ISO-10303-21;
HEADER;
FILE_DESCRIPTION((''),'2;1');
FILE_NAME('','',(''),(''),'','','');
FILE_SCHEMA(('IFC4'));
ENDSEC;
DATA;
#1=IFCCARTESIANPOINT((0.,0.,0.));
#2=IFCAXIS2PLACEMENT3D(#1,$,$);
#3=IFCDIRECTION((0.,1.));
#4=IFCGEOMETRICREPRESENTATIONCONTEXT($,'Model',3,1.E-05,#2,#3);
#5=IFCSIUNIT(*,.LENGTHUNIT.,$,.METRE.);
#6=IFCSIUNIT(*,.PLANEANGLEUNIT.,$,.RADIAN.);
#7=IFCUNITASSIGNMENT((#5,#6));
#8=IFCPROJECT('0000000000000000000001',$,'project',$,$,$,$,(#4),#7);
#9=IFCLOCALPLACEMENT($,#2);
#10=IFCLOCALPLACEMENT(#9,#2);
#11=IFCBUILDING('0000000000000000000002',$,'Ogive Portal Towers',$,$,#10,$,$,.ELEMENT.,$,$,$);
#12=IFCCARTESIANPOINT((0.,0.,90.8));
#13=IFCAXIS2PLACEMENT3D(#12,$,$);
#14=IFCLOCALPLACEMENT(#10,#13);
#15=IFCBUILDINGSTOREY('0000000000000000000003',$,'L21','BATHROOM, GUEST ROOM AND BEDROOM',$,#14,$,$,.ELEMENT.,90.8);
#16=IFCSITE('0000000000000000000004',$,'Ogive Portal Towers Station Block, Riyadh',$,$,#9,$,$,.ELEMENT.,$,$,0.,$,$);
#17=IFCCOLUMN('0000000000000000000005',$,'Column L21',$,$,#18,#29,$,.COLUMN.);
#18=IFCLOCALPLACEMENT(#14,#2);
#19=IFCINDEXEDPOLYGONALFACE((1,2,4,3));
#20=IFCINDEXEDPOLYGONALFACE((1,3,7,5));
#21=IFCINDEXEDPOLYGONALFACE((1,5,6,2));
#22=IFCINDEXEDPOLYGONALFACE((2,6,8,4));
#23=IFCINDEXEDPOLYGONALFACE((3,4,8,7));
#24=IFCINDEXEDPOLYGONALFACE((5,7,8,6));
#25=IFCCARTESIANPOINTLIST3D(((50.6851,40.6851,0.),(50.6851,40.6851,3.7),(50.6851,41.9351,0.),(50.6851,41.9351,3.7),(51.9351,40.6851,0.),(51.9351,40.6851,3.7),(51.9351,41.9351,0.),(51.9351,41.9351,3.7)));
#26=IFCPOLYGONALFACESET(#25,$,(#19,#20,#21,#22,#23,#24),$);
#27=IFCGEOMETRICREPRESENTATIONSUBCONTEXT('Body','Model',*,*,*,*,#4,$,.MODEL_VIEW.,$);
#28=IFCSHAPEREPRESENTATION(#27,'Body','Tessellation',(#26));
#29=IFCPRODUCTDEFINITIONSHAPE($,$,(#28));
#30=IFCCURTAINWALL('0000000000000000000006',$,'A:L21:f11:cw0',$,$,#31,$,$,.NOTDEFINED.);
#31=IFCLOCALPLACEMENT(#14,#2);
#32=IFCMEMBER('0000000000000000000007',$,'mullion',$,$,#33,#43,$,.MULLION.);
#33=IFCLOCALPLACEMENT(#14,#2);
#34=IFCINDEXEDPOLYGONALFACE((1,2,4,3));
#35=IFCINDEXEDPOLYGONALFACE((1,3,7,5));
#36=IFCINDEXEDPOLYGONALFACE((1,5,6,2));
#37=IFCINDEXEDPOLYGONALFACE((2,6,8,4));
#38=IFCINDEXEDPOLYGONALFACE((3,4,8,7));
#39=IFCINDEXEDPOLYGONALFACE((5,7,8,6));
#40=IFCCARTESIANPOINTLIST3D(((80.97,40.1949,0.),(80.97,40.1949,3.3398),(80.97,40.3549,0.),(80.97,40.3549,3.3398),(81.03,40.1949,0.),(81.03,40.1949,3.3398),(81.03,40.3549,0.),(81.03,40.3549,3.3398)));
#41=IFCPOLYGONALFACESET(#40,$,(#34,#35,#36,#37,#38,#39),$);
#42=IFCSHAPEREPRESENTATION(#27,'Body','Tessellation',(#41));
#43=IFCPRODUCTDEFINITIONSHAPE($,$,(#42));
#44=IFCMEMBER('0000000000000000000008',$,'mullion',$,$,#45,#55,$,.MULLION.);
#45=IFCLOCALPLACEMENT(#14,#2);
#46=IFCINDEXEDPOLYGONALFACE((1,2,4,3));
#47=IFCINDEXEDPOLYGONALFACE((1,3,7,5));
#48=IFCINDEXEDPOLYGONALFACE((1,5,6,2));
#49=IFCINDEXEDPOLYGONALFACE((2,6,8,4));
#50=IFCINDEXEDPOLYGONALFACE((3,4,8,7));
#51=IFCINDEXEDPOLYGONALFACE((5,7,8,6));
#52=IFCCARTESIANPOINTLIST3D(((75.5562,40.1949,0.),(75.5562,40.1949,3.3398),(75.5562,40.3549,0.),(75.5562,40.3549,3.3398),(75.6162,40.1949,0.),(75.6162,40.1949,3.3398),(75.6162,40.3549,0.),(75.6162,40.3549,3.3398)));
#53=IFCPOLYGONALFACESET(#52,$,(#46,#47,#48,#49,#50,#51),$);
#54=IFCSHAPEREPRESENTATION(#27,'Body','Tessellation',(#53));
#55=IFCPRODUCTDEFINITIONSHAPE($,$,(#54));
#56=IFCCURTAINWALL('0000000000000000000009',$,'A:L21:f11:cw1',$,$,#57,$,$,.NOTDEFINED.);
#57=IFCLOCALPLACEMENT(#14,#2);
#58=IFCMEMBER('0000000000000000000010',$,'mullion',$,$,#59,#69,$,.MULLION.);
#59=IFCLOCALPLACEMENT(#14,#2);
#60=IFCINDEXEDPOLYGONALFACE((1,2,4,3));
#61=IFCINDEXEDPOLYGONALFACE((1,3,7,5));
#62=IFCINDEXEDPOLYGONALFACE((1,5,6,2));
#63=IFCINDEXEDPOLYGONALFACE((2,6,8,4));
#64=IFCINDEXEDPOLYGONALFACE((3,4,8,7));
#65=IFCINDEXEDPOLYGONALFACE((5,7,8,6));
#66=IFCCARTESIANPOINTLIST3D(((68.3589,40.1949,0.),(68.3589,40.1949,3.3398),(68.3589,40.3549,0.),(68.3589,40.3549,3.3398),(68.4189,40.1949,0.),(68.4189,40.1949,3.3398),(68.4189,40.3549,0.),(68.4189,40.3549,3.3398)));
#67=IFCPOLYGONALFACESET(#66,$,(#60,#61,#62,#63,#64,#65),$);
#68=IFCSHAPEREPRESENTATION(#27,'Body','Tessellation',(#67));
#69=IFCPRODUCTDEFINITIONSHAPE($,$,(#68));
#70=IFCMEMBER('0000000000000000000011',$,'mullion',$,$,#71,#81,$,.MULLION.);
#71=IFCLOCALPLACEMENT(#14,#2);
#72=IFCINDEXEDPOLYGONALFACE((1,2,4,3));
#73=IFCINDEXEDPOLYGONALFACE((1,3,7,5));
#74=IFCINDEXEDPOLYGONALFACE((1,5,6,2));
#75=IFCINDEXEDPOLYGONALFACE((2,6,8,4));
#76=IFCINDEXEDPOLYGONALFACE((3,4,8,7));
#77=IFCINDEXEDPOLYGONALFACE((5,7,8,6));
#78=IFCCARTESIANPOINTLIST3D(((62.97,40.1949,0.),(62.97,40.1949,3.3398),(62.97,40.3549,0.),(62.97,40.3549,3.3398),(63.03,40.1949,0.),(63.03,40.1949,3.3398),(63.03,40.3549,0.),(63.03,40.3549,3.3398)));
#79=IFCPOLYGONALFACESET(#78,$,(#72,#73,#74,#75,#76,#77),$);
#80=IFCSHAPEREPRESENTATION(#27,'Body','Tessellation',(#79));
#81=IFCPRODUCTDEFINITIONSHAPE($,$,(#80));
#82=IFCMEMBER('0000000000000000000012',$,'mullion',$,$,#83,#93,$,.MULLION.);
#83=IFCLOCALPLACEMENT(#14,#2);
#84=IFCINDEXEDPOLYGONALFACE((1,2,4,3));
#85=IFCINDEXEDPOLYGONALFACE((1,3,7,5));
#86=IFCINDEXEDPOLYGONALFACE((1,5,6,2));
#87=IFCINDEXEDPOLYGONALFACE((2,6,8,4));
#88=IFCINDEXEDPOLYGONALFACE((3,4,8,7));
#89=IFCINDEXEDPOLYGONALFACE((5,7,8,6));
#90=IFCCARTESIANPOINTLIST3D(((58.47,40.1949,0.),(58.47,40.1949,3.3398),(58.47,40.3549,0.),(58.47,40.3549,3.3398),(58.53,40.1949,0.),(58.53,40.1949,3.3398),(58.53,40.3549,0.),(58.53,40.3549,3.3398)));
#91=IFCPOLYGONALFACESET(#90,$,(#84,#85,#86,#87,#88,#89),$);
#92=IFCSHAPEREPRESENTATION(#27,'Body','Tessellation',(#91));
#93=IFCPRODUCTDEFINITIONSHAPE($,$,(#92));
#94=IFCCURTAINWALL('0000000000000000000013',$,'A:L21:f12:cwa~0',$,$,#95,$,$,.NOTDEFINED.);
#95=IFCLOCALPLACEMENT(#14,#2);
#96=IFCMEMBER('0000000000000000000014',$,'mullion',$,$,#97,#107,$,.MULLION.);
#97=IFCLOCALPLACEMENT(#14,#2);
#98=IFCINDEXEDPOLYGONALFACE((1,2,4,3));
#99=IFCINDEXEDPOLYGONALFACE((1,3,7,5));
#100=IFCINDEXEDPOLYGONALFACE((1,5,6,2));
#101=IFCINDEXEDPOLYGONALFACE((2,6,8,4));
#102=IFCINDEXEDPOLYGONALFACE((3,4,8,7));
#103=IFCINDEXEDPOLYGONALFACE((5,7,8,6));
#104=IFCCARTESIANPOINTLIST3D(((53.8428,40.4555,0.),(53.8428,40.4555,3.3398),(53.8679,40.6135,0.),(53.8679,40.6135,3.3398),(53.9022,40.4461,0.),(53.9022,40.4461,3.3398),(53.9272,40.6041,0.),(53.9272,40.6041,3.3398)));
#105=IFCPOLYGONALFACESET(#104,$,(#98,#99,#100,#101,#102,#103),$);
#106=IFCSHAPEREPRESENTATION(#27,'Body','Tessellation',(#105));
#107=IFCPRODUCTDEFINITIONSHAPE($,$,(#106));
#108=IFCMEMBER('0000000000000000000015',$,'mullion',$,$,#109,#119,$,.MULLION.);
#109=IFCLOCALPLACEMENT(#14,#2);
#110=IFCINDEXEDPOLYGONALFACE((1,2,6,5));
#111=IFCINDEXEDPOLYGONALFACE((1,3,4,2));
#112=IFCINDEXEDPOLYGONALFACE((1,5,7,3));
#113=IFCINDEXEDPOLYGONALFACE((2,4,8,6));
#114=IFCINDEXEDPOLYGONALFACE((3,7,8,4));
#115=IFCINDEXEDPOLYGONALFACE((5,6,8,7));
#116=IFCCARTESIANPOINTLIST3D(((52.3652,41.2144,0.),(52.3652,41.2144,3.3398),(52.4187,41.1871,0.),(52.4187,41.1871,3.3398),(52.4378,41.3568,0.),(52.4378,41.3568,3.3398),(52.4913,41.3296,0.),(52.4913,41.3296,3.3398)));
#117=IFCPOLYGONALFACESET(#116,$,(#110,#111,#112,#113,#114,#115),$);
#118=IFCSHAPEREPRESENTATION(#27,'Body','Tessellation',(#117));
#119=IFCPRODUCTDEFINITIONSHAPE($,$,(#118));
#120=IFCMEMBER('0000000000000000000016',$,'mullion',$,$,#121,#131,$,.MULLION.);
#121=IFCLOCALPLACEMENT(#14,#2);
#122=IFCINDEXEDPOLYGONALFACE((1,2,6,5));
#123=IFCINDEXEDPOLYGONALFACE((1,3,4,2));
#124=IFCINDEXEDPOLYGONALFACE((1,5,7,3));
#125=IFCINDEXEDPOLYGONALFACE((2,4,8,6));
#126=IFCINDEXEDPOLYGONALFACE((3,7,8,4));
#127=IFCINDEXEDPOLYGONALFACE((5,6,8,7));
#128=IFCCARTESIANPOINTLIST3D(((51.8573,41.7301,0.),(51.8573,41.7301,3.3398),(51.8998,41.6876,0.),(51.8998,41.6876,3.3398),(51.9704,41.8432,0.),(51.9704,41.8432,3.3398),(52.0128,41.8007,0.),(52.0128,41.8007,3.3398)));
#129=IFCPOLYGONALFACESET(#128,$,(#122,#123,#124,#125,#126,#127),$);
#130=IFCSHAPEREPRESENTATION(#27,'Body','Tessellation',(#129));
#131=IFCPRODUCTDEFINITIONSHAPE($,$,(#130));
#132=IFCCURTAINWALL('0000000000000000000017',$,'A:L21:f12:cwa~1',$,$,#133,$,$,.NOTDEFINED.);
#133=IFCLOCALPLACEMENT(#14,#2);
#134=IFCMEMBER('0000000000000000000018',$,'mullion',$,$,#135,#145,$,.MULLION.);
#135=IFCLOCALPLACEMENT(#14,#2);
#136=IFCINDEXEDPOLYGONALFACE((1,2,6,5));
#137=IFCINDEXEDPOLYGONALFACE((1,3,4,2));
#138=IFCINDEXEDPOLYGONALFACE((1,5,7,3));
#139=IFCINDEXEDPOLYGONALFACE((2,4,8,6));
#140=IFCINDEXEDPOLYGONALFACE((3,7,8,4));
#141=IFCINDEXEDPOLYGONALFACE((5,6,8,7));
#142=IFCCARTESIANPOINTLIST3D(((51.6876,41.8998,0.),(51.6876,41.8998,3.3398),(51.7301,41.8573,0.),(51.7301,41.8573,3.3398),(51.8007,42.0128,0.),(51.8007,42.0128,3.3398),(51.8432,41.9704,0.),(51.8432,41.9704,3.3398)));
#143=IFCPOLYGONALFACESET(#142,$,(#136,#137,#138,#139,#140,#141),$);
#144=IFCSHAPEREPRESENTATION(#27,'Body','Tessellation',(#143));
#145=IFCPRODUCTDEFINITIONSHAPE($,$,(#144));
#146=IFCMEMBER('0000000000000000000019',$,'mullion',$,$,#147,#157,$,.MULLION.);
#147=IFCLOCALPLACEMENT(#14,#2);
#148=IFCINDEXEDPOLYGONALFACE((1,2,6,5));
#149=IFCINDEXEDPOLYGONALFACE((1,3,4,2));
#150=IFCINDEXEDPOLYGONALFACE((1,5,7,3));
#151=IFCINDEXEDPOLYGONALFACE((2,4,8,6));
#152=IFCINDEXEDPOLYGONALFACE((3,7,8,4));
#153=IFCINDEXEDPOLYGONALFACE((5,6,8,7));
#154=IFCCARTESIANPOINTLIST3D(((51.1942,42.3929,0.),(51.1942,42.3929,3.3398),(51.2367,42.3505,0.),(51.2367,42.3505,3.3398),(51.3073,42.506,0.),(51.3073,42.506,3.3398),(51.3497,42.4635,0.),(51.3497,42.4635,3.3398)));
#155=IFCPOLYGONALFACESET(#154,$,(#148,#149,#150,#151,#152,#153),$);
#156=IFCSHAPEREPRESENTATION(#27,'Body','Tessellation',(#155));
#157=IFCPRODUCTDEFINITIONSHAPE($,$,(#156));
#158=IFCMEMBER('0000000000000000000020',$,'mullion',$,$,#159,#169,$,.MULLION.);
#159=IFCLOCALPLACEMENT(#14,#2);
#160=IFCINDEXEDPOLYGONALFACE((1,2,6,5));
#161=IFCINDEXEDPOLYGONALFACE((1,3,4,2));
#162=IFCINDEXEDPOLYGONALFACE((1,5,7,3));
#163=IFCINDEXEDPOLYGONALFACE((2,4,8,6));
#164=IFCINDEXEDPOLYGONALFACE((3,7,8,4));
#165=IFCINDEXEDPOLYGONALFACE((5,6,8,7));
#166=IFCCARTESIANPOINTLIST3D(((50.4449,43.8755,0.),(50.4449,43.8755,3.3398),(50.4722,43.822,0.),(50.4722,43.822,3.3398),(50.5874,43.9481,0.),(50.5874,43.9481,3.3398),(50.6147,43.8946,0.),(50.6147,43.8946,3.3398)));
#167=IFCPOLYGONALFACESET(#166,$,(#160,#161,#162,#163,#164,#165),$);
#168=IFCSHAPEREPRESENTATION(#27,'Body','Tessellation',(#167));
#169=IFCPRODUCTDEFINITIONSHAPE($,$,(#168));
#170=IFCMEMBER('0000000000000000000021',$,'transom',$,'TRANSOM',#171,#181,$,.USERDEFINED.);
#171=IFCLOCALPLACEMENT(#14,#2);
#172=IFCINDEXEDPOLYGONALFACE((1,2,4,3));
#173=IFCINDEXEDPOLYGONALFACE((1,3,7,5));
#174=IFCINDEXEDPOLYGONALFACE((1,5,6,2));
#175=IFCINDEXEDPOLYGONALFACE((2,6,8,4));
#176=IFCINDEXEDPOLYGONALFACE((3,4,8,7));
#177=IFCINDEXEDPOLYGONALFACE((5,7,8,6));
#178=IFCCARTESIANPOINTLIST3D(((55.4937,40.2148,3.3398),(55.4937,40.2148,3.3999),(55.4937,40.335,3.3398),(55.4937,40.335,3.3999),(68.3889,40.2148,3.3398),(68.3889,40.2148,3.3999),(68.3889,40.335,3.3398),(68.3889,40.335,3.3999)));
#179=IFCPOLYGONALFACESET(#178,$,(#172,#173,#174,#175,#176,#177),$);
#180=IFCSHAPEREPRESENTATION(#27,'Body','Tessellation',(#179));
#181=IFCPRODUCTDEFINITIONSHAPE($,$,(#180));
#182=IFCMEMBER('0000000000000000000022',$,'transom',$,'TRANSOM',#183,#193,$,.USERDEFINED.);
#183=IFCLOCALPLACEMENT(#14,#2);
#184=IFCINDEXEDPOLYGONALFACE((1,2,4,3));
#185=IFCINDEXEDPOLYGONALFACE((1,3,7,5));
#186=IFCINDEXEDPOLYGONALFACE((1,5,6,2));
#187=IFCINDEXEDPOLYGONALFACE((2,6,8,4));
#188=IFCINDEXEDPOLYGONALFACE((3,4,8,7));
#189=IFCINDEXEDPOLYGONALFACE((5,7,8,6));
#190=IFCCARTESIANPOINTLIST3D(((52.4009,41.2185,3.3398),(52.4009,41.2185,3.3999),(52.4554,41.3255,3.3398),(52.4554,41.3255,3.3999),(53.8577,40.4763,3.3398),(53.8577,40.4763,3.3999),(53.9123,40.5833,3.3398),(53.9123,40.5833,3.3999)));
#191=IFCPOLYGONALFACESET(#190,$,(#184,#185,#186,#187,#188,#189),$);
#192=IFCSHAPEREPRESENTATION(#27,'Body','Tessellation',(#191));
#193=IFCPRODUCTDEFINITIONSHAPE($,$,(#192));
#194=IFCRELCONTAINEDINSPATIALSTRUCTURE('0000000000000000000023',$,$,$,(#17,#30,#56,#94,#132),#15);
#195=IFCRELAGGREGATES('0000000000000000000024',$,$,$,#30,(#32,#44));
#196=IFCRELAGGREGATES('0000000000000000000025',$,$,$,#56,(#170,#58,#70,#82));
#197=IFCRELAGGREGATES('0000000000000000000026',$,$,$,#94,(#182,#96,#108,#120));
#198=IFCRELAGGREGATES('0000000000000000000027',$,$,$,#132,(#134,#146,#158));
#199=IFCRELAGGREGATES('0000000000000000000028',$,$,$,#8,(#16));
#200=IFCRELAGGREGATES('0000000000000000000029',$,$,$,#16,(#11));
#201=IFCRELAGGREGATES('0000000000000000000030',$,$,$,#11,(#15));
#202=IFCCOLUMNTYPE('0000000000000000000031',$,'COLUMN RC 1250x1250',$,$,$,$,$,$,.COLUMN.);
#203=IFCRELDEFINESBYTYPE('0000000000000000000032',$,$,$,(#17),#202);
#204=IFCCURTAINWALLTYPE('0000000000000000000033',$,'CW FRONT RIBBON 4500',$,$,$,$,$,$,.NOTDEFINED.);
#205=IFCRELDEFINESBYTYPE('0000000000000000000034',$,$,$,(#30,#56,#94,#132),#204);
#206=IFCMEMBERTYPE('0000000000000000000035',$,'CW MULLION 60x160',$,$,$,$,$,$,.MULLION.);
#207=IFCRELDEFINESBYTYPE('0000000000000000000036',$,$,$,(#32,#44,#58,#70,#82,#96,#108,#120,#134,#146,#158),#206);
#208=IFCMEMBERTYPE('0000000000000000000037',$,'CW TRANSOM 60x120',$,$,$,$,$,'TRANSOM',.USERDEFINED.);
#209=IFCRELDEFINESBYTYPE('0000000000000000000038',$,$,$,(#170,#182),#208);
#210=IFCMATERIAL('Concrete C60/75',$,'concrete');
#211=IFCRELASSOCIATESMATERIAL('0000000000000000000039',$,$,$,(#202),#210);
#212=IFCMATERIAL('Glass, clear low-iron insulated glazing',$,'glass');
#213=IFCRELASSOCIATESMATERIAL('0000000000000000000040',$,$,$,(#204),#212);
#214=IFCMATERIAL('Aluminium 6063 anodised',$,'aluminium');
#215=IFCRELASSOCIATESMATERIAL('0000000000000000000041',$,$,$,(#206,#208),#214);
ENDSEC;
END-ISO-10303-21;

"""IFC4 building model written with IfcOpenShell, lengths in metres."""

from ifc_helpers import new_model, si_unit, direction, frame, origin, origin_2d, place, context, subcontext, project, spatial, rectangle, extrude, material, material_profile, profile_set, type_object, element, aggregate, save


model = new_model("IFC4")

# Units and contexts
model_context = context("Model", 3, precision=1e-05, world=origin(), true_north=direction((0.0, 1.0)))
body_context = subcontext(model_context, "Body", "Model", "MODEL_VIEW")
ifc_project = project(units=[si_unit("LENGTHUNIT", "METRE"), si_unit("PLANEANGLEUNIT", "RADIAN")], contexts=[model_context])

# Site, building, storey
site_placement = place(None, origin())
site = spatial("IfcSite", under=ifc_project, at=site_placement, Name="Ogive Portal Towers Station Block, Riyadh", CompositionType="ELEMENT", RefElevation=0.0)
building_placement = place(site_placement, origin())
building = spatial("IfcBuilding", under=site, at=building_placement, Name="Ogive Portal Towers", CompositionType="ELEMENT")
storey_placement = place(building_placement, frame((0.0, 0.0, 90.8)))
storey = spatial("IfcBuildingStorey", under=building, at=storey_placement, Name="L21", Description="BATHROOM, GUEST ROOM AND BEDROOM", CompositionType="ELEMENT", Elevation=90.8)

# Column
ifc_material_1 = material(Name="Concrete C60/75", Category="concrete")
ifc_material_profile_1 = material_profile(ifc_material_1, rectangle(XDim=1.25, YDim=1.25, at=origin_2d()), Name="RC 1250x1250")
ifc_profile_set_1 = profile_set([ifc_material_profile_1], Name="Concrete C60/75")
column_type = type_object("IfcColumnType", Name="COLUMN RC 1250x1250", PredefinedType="COLUMN", material=ifc_profile_set_1)
column_placement = place(storey_placement, frame((51.3101, 41.3101, 0.0), z_axis=(0.0, 0.0, 1.0), x_axis=(1.0, 0.0, 0.0)))
element("IfcColumn", 1, at=column_placement, inside=storey, type_object=column_type, Name="Column L21", PredefinedType="COLUMN", context=body_context, shape_type="SweptSolid", body=[
    extrude(rectangle(XDim=1.25, YDim=1.25, at=origin_2d()), origin(), (0.0, 0.0, 1.0), 3.7),
])

# Curtain walls, members
ifc_material_2 = material(Name="Glass, clear low-iron insulated glazing", Category="glass")
curtain_wall_type = type_object("IfcCurtainWallType", Name="CW FRONT RIBBON 4500", PredefinedType="NOTDEFINED", material=ifc_material_2)
curtain_wall_1_placement = place(storey_placement, origin())
curtain_wall_1 = element("IfcCurtainWall", 2, at=curtain_wall_1_placement, inside=storey, type_object=curtain_wall_type, Name="A:L21:f11:cw0", PredefinedType="NOTDEFINED")
ifc_material_3 = material(Name="Aluminium 6063 anodised", Category="aluminium")
ifc_material_profile_2 = material_profile(ifc_material_3, rectangle(XDim=0.1599, YDim=0.0601, at=origin_2d()), Name="AL 60x160")
ifc_profile_set_2 = profile_set([ifc_material_profile_2], Name="Aluminium 6063 anodised")
member_type_1 = type_object("IfcMemberType", Name="CW MULLION 60x160", PredefinedType="MULLION", material=ifc_profile_set_2)
member_1_placement = place(storey_placement, frame((81.0, 40.2749, 0.0), z_axis=(0.0, 0.0, 1.0), x_axis=(0.0, -1.0, 0.0)))
member_1 = element("IfcMember", 3, at=member_1_placement, type_object=member_type_1, Name="mullion", PredefinedType="MULLION", context=body_context, shape_type="SweptSolid", body=[
    extrude(rectangle(XDim=0.1599, YDim=0.0601, at=origin_2d()), origin(), (0.0, 0.0, 1.0), 3.3398),
])
member_2_placement = place(storey_placement, frame((75.5862, 40.2749, 0.0), z_axis=(0.0, 0.0, 1.0), x_axis=(0.0, -1.0, 0.0)))
member_2 = element("IfcMember", 4, at=member_2_placement, type_object=member_type_1, Name="mullion", PredefinedType="MULLION", context=body_context, shape_type="SweptSolid", body=[
    extrude(rectangle(XDim=0.1599, YDim=0.0601, at=origin_2d()), origin(), (0.0, 0.0, 1.0), 3.3398),
])
curtain_wall_2_placement = place(storey_placement, origin())
curtain_wall_2 = element("IfcCurtainWall", 5, at=curtain_wall_2_placement, inside=storey, type_object=curtain_wall_type, Name="A:L21:f11:cw1", PredefinedType="NOTDEFINED")
member_3_placement = place(storey_placement, frame((68.3889, 40.2749, 0.0), z_axis=(0.0, 0.0, 1.0), x_axis=(0.0, -1.0, 0.0)))
member_3 = element("IfcMember", 6, at=member_3_placement, type_object=member_type_1, Name="mullion", PredefinedType="MULLION", context=body_context, shape_type="SweptSolid", body=[
    extrude(rectangle(XDim=0.1599, YDim=0.0601, at=origin_2d()), origin(), (0.0, 0.0, 1.0), 3.3398),
])
member_4_placement = place(storey_placement, frame((63.0, 40.2749, 0.0), z_axis=(0.0, 0.0, 1.0), x_axis=(0.0, -1.0, 0.0)))
member_4 = element("IfcMember", 7, at=member_4_placement, type_object=member_type_1, Name="mullion", PredefinedType="MULLION", context=body_context, shape_type="SweptSolid", body=[
    extrude(rectangle(XDim=0.1599, YDim=0.0601, at=origin_2d()), origin(), (0.0, 0.0, 1.0), 3.3398),
])
member_5_placement = place(storey_placement, frame((58.5, 40.2749, 0.0), z_axis=(0.0, 0.0, 1.0), x_axis=(0.0, -1.0, 0.0)))
member_5 = element("IfcMember", 8, at=member_5_placement, type_object=member_type_1, Name="mullion", PredefinedType="MULLION", context=body_context, shape_type="SweptSolid", body=[
    extrude(rectangle(XDim=0.1599, YDim=0.0601, at=origin_2d()), origin(), (0.0, 0.0, 1.0), 3.3398),
])
curtain_wall_3_placement = place(storey_placement, origin())
curtain_wall_3 = element("IfcCurtainWall", 9, at=curtain_wall_3_placement, inside=storey, type_object=curtain_wall_type, Name="A:L21:f12:cwa~0", PredefinedType="NOTDEFINED")
member_6_placement = place(storey_placement, frame((53.885, 40.5298, 0.0), z_axis=(0.0, 0.0, 1.0), x_axis=(-0.156434, -0.987688, 0.0)))
member_6 = element("IfcMember", 10, at=member_6_placement, type_object=member_type_1, Name="mullion", PredefinedType="MULLION", context=body_context, shape_type="SweptSolid", body=[
    extrude(rectangle(XDim=0.1599, YDim=0.0601, at=origin_2d()), origin(), (0.0, 0.0, 1.0), 3.3398),
])
member_7_placement = place(storey_placement, frame((52.4282, 41.272, 0.0), z_axis=(0.0, 0.0, 1.0), x_axis=(-0.45399, -0.891007, 0.0)))
member_7 = element("IfcMember", 11, at=member_7_placement, type_object=member_type_1, Name="mullion", PredefinedType="MULLION", context=body_context, shape_type="SweptSolid", body=[
    extrude(rectangle(XDim=0.1599, YDim=0.0601, at=origin_2d()), origin(), (0.0, 0.0, 1.0), 3.3398),
])
member_8_placement = place(storey_placement, frame((51.9351, 41.7654, 0.0), z_axis=(0.0, 0.0, 1.0), x_axis=(-0.707107, -0.707107, 0.0)))
member_8 = element("IfcMember", 12, at=member_8_placement, type_object=member_type_1, Name="mullion", PredefinedType="MULLION", context=body_context, shape_type="SweptSolid", body=[
    extrude(rectangle(XDim=0.1599, YDim=0.0601, at=origin_2d()), origin(), (0.0, 0.0, 1.0), 3.3398),
])
curtain_wall_4_placement = place(storey_placement, origin())
curtain_wall_4 = element("IfcCurtainWall", 13, at=curtain_wall_4_placement, inside=storey, type_object=curtain_wall_type, Name="A:L21:f12:cwa~1", PredefinedType="NOTDEFINED")
member_9_placement = place(storey_placement, frame((51.7654, 41.9351, 0.0), z_axis=(0.0, 0.0, 1.0), x_axis=(-0.707107, -0.707107, 0.0)))
member_9 = element("IfcMember", 14, at=member_9_placement, type_object=member_type_1, Name="mullion", PredefinedType="MULLION", context=body_context, shape_type="SweptSolid", body=[
    extrude(rectangle(XDim=0.1599, YDim=0.0601, at=origin_2d()), origin(), (0.0, 0.0, 1.0), 3.3398),
])
member_10_placement = place(storey_placement, frame((51.272, 42.4282, 0.0), z_axis=(0.0, 0.0, 1.0), x_axis=(-0.707107, -0.707107, 0.0)))
member_10 = element("IfcMember", 15, at=member_10_placement, type_object=member_type_1, Name="mullion", PredefinedType="MULLION", context=body_context, shape_type="SweptSolid", body=[
    extrude(rectangle(XDim=0.1599, YDim=0.0601, at=origin_2d()), origin(), (0.0, 0.0, 1.0), 3.3398),
])
member_11_placement = place(storey_placement, frame((50.5298, 43.885, 0.0), z_axis=(0.0, 0.0, 1.0), x_axis=(-0.891007, -0.45399, 0.0)))
member_11 = element("IfcMember", 16, at=member_11_placement, type_object=member_type_1, Name="mullion", PredefinedType="MULLION", context=body_context, shape_type="SweptSolid", body=[
    extrude(rectangle(XDim=0.1599, YDim=0.0601, at=origin_2d()), origin(), (0.0, 0.0, 1.0), 3.3398),
])

# Members
ifc_material_profile_3 = material_profile(ifc_material_3, rectangle(XDim=0.1201, YDim=0.0601, at=origin_2d()), Name="AL 120x60")
ifc_profile_set_3 = profile_set([ifc_material_profile_3], Name="Aluminium 6063 anodised")
member_type_2 = type_object("IfcMemberType", Name="CW TRANSOM 60x120", ElementType="TRANSOM", PredefinedType="USERDEFINED", material=ifc_profile_set_3)
member_12_placement = place(storey_placement, frame((68.3889, 40.2749, 3.3699), z_axis=(-1.0, 0.0, 0.0), x_axis=(0.0, -1.0, 0.0)))
member_12 = element("IfcMember", 17, at=member_12_placement, type_object=member_type_2, Name="transom", ObjectType="TRANSOM", PredefinedType="USERDEFINED", context=body_context, shape_type="SweptSolid", body=[
    extrude(rectangle(XDim=0.1201, YDim=0.0601, at=origin_2d()), origin(), (0.0, 0.0, 1.0), 12.8953),
])
member_13_placement = place(storey_placement, frame((53.885, 40.5298, 3.3699), z_axis=(-0.891027, 0.45395, 0.0), x_axis=(-0.45395, -0.891027, 0.0)))
member_13 = element("IfcMember", 18, at=member_13_placement, type_object=member_type_2, Name="transom", ObjectType="TRANSOM", PredefinedType="USERDEFINED", context=body_context, shape_type="SweptSolid", body=[
    extrude(rectangle(XDim=0.1201, YDim=0.0601, at=origin_2d()), origin(), (0.0, 0.0, 1.0), 1.635),
])

aggregate(curtain_wall_1, [member_1, member_2])
aggregate(curtain_wall_2, [member_12, member_3, member_4, member_5])
aggregate(curtain_wall_3, [member_13, member_6, member_7, member_8])
aggregate(curtain_wall_4, [member_9, member_10, member_11])

save(model, "model.ifc")
